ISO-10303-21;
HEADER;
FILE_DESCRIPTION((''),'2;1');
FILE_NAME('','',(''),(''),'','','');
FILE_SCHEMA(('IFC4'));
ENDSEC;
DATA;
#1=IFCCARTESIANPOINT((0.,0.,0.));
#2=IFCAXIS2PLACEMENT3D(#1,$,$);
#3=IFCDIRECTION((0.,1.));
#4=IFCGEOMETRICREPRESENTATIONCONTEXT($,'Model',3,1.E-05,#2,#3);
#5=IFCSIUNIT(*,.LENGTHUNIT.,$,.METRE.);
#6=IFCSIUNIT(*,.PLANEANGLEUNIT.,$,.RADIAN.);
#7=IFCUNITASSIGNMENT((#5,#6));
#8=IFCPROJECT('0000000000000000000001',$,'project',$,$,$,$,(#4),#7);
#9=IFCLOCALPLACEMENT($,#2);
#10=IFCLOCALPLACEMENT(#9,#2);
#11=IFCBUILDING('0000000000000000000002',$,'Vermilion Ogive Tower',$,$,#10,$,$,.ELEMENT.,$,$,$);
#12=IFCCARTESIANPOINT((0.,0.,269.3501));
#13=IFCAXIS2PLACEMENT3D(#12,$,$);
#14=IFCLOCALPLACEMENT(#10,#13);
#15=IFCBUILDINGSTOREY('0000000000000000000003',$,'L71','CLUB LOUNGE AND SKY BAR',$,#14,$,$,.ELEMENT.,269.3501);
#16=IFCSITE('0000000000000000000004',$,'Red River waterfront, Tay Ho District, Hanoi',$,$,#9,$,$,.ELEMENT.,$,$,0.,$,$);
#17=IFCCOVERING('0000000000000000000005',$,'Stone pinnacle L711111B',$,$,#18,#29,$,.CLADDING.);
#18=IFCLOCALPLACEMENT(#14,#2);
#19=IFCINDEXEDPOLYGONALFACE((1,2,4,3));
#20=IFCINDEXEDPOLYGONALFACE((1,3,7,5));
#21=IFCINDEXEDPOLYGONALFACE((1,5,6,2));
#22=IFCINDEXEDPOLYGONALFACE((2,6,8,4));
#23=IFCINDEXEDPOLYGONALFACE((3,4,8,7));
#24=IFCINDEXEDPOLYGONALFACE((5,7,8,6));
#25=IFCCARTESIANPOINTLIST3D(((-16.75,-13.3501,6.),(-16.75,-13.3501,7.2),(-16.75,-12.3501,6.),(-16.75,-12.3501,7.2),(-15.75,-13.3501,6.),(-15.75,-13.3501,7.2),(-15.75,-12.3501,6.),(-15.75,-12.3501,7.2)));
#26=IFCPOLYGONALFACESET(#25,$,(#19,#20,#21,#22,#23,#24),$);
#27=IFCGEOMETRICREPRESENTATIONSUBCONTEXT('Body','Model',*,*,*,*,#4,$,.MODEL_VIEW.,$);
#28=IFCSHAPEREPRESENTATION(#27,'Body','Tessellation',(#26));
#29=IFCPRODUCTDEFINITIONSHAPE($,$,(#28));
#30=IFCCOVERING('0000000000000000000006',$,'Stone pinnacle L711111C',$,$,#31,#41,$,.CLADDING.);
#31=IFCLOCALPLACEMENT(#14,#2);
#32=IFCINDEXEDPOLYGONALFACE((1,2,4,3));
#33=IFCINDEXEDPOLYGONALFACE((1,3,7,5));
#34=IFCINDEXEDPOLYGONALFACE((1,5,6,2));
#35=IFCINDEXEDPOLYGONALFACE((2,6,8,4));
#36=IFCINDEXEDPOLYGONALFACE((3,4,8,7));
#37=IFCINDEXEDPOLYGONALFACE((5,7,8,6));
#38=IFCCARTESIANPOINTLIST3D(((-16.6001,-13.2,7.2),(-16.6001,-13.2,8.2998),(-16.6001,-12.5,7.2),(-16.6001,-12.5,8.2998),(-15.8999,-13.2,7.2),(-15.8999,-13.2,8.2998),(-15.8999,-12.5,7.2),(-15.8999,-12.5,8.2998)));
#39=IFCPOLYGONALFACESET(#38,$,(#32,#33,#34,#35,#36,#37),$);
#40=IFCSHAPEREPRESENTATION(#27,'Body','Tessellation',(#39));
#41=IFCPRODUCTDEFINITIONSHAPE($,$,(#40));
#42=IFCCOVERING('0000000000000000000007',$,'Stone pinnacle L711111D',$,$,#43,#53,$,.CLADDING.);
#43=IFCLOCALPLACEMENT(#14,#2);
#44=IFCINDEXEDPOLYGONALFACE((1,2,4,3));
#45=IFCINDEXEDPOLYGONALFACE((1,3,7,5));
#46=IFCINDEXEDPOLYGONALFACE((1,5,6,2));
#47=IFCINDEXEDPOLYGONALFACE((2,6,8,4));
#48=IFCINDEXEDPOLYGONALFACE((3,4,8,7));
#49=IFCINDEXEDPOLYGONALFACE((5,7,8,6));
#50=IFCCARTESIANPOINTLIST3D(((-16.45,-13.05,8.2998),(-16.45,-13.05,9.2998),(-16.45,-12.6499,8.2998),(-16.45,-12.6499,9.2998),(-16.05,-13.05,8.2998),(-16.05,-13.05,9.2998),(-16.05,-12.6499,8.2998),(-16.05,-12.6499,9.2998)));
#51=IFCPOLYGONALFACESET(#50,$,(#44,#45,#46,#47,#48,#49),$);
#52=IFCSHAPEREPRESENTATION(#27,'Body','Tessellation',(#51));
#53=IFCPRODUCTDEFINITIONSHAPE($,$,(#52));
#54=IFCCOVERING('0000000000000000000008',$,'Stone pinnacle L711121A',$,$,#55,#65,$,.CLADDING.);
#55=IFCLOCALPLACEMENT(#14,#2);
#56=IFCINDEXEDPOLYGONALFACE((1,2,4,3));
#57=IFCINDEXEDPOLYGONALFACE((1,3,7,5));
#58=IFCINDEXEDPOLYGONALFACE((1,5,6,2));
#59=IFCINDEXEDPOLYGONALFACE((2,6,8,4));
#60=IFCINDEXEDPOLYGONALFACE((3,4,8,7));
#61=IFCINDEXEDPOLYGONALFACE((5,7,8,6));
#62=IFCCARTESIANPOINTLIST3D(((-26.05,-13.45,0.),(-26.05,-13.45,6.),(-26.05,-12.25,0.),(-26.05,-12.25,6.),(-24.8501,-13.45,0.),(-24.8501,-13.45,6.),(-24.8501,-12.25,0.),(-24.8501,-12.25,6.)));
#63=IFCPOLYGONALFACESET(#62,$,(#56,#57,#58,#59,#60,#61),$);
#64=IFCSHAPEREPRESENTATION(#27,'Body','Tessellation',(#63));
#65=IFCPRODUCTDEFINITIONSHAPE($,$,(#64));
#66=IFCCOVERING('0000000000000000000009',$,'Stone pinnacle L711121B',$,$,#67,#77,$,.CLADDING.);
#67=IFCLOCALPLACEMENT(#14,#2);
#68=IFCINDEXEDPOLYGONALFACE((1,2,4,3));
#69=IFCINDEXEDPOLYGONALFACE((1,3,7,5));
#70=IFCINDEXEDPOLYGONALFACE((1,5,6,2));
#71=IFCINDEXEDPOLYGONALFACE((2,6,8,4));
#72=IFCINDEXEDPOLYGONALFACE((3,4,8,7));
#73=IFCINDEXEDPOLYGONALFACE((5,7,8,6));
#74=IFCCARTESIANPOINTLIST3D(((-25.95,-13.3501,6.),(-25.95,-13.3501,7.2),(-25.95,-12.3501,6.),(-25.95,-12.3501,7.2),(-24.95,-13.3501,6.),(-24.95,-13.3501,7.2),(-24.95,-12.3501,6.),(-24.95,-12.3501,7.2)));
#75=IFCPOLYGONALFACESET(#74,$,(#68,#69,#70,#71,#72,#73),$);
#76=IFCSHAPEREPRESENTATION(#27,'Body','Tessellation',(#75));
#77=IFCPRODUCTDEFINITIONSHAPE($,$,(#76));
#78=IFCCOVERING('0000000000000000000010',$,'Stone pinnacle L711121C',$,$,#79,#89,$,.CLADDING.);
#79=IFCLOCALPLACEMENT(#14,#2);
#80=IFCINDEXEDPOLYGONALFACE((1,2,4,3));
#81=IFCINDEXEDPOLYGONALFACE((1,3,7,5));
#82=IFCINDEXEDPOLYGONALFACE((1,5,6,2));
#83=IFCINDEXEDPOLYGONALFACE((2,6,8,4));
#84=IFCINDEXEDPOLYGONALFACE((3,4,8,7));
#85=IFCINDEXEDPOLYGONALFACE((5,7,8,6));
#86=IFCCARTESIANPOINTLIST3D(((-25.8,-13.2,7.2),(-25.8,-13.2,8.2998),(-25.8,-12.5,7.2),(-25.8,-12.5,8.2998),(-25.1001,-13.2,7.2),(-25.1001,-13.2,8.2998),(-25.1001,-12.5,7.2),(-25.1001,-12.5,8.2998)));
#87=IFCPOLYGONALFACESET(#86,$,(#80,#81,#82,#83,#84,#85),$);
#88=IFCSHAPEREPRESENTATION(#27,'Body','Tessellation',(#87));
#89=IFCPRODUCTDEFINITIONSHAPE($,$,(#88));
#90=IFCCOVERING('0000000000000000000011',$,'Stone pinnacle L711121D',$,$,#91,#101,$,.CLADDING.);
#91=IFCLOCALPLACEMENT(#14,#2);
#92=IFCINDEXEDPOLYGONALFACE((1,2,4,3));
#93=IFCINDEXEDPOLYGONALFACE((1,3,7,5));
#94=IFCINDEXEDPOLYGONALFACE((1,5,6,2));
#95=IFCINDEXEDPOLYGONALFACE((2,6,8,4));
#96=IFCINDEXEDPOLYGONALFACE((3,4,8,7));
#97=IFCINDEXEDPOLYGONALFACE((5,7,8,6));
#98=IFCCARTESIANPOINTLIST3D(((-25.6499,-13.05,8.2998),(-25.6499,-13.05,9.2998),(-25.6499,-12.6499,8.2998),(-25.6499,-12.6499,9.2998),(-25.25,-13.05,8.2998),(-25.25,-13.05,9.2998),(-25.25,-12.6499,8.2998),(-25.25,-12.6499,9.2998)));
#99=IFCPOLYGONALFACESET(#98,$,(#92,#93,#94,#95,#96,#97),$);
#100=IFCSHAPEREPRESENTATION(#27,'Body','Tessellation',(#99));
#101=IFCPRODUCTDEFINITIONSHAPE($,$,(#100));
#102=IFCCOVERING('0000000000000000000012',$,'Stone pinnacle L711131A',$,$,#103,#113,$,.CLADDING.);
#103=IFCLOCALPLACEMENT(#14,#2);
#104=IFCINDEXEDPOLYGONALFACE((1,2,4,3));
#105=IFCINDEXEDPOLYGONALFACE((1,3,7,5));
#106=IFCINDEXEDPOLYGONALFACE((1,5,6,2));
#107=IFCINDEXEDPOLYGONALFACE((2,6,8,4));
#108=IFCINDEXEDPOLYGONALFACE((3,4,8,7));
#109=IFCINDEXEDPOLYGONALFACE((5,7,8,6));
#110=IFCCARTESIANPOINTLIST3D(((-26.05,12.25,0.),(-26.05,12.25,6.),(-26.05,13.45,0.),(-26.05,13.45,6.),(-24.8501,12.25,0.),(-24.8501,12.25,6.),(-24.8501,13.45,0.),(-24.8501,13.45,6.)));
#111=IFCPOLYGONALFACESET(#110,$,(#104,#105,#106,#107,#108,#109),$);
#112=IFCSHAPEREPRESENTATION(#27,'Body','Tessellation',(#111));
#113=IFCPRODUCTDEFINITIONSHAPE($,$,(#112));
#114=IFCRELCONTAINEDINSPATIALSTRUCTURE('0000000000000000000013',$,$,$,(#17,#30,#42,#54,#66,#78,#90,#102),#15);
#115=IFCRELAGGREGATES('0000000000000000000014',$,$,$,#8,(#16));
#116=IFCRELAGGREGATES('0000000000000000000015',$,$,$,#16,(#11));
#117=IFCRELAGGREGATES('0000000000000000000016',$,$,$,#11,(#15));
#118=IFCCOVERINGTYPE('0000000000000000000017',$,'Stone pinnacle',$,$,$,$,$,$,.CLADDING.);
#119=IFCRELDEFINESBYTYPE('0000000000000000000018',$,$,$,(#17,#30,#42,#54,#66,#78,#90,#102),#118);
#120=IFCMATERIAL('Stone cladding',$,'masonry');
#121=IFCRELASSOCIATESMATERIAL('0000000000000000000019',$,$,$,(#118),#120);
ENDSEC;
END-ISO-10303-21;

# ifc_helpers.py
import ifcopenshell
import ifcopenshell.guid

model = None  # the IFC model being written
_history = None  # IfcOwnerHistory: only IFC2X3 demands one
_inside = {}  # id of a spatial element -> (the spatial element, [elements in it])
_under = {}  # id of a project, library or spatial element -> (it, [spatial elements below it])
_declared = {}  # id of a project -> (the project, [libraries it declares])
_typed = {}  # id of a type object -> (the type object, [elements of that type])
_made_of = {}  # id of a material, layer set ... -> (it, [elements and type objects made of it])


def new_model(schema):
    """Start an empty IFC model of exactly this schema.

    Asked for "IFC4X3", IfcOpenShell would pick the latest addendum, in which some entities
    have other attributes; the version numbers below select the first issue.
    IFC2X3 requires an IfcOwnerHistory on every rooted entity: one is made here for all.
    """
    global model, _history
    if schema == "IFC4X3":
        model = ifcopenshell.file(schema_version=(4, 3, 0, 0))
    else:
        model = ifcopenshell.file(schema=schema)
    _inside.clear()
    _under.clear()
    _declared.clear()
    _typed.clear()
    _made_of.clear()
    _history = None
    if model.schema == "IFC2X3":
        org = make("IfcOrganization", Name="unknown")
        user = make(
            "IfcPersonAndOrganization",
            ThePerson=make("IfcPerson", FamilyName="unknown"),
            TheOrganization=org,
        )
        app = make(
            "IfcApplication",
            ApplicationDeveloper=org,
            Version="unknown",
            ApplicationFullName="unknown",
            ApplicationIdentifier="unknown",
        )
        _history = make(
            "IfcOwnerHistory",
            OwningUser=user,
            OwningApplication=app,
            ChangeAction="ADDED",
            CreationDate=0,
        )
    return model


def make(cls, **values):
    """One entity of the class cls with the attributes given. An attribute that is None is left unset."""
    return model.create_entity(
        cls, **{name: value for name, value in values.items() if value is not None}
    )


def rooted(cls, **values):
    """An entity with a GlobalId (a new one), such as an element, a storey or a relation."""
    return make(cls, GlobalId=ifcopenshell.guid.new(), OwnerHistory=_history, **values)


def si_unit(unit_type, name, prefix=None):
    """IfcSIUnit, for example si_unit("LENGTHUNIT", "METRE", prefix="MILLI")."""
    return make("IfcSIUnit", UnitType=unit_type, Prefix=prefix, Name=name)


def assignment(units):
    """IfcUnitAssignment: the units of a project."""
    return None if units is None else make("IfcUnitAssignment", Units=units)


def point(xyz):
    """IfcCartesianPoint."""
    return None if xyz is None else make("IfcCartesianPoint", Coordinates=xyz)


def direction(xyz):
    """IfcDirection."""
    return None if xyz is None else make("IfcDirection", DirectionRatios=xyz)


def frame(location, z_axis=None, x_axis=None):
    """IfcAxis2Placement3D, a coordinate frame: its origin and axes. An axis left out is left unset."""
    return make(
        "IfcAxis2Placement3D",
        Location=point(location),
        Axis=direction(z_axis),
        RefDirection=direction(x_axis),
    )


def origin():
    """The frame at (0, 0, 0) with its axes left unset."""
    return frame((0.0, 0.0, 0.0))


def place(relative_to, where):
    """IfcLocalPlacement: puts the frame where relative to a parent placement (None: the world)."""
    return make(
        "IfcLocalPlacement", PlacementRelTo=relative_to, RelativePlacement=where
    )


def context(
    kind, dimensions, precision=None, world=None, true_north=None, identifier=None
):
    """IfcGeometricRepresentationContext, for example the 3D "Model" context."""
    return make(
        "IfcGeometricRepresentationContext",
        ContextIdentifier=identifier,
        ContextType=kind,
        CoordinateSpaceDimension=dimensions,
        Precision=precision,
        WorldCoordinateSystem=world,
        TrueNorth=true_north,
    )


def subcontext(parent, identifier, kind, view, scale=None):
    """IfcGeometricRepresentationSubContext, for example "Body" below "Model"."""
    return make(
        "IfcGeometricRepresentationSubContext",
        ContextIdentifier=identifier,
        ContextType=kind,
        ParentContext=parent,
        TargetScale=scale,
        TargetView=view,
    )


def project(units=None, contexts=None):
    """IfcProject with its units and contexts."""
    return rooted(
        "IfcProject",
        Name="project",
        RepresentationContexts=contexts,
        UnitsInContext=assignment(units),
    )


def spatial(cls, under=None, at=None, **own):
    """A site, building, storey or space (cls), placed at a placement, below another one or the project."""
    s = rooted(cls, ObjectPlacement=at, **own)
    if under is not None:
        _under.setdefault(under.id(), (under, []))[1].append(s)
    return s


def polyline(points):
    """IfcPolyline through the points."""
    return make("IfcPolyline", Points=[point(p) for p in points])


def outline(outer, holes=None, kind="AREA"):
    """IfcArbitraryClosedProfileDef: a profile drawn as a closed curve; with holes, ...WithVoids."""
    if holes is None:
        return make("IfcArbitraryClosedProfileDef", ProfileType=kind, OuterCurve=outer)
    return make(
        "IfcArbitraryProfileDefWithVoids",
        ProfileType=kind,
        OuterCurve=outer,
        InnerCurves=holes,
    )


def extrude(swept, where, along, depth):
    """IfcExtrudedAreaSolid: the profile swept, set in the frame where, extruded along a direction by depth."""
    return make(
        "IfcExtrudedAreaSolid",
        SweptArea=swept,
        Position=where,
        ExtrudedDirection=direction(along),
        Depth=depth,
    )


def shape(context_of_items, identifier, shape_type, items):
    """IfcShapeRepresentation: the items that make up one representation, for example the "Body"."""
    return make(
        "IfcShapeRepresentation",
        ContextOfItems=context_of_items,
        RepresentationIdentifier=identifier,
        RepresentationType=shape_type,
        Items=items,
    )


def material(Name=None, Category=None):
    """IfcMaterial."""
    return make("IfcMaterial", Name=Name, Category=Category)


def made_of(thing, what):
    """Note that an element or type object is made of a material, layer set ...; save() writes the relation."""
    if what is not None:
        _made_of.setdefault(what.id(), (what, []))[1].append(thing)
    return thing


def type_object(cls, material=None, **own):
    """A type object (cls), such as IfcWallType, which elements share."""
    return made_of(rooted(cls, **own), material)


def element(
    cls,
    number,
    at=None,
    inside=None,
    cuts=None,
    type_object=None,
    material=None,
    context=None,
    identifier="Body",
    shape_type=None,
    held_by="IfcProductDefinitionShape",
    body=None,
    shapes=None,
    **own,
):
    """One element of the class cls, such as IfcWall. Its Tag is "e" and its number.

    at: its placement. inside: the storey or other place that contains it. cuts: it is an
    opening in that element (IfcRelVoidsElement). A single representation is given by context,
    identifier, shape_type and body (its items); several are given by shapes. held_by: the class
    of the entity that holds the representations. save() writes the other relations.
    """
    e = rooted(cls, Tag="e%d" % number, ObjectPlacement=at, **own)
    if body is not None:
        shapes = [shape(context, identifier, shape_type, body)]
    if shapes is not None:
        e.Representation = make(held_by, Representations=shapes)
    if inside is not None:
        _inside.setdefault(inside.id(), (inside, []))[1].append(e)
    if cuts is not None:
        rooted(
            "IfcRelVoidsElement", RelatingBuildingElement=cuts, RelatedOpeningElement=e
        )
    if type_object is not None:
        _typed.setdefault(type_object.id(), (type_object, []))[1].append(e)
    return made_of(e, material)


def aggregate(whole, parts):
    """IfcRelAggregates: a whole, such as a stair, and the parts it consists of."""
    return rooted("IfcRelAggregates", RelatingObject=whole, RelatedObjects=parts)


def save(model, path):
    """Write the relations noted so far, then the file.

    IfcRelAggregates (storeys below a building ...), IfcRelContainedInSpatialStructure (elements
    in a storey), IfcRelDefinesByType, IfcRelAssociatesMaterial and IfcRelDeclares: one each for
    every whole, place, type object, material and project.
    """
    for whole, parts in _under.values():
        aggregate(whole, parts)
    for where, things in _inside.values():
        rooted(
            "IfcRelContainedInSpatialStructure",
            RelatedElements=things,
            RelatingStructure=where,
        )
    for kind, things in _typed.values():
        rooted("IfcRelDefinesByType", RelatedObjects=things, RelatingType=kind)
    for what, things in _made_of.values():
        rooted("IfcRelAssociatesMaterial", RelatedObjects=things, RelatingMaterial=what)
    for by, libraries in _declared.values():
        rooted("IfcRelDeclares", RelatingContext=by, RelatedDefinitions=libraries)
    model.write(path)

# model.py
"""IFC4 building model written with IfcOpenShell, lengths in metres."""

from ifc_helpers import new_model, si_unit, direction, frame, origin, place, context, subcontext, project, spatial, polyline, outline, extrude, material, type_object, element, save


model = new_model("IFC4")

# Units and contexts
model_context = context("Model", 3, precision=1e-05, world=origin(), true_north=direction((0.0, 1.0)))
body_context = subcontext(model_context, "Body", "Model", "MODEL_VIEW")
ifc_project = project(units=[si_unit("LENGTHUNIT", "METRE"), si_unit("PLANEANGLEUNIT", "RADIAN")], contexts=[model_context])

# Site, building, storey
site_placement = place(None, origin())
site = spatial("IfcSite", under=ifc_project, at=site_placement, Name="Red River waterfront, Tay Ho District, Hanoi", CompositionType="ELEMENT", RefElevation=0.0)
building_placement = place(site_placement, origin())
building = spatial("IfcBuilding", under=site, at=building_placement, Name="Vermilion Ogive Tower", CompositionType="ELEMENT")
storey_placement = place(building_placement, frame((0.0, 0.0, 269.3501)))
storey = spatial("IfcBuildingStorey", under=building, at=storey_placement, Name="L71", Description="CLUB LOUNGE AND SKY BAR", CompositionType="ELEMENT", Elevation=269.3501)

# Coverings
ifc_material_1 = material(Name="Stone cladding", Category="masonry")
covering_type_1 = type_object("IfcCoveringType", Name="Stone pinnacle", PredefinedType="CLADDING", material=ifc_material_1)
covering_1_placement = place(storey_placement, frame((0.0, 0.0, 6.0)))
element("IfcCovering", 1, at=covering_1_placement, inside=storey, type_object=covering_type_1, Name="Stone pinnacle L711111B", PredefinedType="CLADDING", context=body_context, shape_type="SweptSolid", body=[
    extrude(outline(polyline([(-16.75, -13.3501), (-15.75, -13.3501), (-15.75, -12.3501), (-16.75, -12.3501), (-16.75, -13.3501)])), origin(), (0.0, 0.0, 1.0), 1.2),
])
covering_2_placement = place(storey_placement, frame((0.0, 0.0, 7.2)))
element("IfcCovering", 2, at=covering_2_placement, inside=storey, type_object=covering_type_1, Name="Stone pinnacle L711111C", PredefinedType="CLADDING", context=body_context, shape_type="SweptSolid", body=[
    extrude(outline(polyline([(-16.6001, -13.2), (-15.8999, -13.2), (-15.8999, -12.5), (-16.6001, -12.5), (-16.6001, -13.2)])), origin(), (0.0, 0.0, 1.0), 1.0999),
])
covering_3_placement = place(storey_placement, frame((0.0, 0.0, 8.2998)))
element("IfcCovering", 3, at=covering_3_placement, inside=storey, type_object=covering_type_1, Name="Stone pinnacle L711111D", PredefinedType="CLADDING", context=body_context, shape_type="SweptSolid", body=[
    extrude(outline(polyline([(-16.45, -13.05), (-16.05, -13.05), (-16.05, -12.6499), (-16.45, -12.6499), (-16.45, -13.05)])), origin(), (0.0, 0.0, 1.0), 1.0),
])
covering_4_placement = place(storey_placement, origin())
element("IfcCovering", 4, at=covering_4_placement, inside=storey, type_object=covering_type_1, Name="Stone pinnacle L711121A", PredefinedType="CLADDING", context=body_context, shape_type="SweptSolid", body=[
    extrude(outline(polyline([(-26.05, -13.45), (-24.8501, -13.45), (-24.8501, -12.25), (-26.05, -12.25), (-26.05, -13.45)])), origin(), (0.0, 0.0, 1.0), 6.0),
])
covering_5_placement = place(storey_placement, frame((0.0, 0.0, 6.0)))
element("IfcCovering", 5, at=covering_5_placement, inside=storey, type_object=covering_type_1, Name="Stone pinnacle L711121B", PredefinedType="CLADDING", context=body_context, shape_type="SweptSolid", body=[
    extrude(outline(polyline([(-25.95, -13.3501), (-24.95, -13.3501), (-24.95, -12.3501), (-25.95, -12.3501), (-25.95, -13.3501)])), origin(), (0.0, 0.0, 1.0), 1.2),
])
covering_6_placement = place(storey_placement, frame((0.0, 0.0, 7.2)))
element("IfcCovering", 6, at=covering_6_placement, inside=storey, type_object=covering_type_1, Name="Stone pinnacle L711121C", PredefinedType="CLADDING", context=body_context, shape_type="SweptSolid", body=[
    extrude(outline(polyline([(-25.8, -13.2), (-25.1001, -13.2), (-25.1001, -12.5), (-25.8, -12.5), (-25.8, -13.2)])), origin(), (0.0, 0.0, 1.0), 1.0999),
])
covering_7_placement = place(storey_placement, frame((0.0, 0.0, 8.2998)))
element("IfcCovering", 7, at=covering_7_placement, inside=storey, type_object=covering_type_1, Name="Stone pinnacle L711121D", PredefinedType="CLADDING", context=body_context, shape_type="SweptSolid", body=[
    extrude(outline(polyline([(-25.6499, -13.05), (-25.25, -13.05), (-25.25, -12.6499), (-25.6499, -12.6499), (-25.6499, -13.05)])), origin(), (0.0, 0.0, 1.0), 1.0),
])
covering_8_placement = place(storey_placement, origin())
element("IfcCovering", 8, at=covering_8_placement, inside=storey, type_object=covering_type_1, Name="Stone pinnacle L711131A", PredefinedType="CLADDING", context=body_context, shape_type="SweptSolid", body=[
    extrude(outline(polyline([(-26.05, 12.25), (-24.8501, 12.25), (-24.8501, 13.45), (-26.05, 13.45), (-26.05, 12.25)])), origin(), (0.0, 0.0, 1.0), 6.0),
])

save(model, "model.ifc")
